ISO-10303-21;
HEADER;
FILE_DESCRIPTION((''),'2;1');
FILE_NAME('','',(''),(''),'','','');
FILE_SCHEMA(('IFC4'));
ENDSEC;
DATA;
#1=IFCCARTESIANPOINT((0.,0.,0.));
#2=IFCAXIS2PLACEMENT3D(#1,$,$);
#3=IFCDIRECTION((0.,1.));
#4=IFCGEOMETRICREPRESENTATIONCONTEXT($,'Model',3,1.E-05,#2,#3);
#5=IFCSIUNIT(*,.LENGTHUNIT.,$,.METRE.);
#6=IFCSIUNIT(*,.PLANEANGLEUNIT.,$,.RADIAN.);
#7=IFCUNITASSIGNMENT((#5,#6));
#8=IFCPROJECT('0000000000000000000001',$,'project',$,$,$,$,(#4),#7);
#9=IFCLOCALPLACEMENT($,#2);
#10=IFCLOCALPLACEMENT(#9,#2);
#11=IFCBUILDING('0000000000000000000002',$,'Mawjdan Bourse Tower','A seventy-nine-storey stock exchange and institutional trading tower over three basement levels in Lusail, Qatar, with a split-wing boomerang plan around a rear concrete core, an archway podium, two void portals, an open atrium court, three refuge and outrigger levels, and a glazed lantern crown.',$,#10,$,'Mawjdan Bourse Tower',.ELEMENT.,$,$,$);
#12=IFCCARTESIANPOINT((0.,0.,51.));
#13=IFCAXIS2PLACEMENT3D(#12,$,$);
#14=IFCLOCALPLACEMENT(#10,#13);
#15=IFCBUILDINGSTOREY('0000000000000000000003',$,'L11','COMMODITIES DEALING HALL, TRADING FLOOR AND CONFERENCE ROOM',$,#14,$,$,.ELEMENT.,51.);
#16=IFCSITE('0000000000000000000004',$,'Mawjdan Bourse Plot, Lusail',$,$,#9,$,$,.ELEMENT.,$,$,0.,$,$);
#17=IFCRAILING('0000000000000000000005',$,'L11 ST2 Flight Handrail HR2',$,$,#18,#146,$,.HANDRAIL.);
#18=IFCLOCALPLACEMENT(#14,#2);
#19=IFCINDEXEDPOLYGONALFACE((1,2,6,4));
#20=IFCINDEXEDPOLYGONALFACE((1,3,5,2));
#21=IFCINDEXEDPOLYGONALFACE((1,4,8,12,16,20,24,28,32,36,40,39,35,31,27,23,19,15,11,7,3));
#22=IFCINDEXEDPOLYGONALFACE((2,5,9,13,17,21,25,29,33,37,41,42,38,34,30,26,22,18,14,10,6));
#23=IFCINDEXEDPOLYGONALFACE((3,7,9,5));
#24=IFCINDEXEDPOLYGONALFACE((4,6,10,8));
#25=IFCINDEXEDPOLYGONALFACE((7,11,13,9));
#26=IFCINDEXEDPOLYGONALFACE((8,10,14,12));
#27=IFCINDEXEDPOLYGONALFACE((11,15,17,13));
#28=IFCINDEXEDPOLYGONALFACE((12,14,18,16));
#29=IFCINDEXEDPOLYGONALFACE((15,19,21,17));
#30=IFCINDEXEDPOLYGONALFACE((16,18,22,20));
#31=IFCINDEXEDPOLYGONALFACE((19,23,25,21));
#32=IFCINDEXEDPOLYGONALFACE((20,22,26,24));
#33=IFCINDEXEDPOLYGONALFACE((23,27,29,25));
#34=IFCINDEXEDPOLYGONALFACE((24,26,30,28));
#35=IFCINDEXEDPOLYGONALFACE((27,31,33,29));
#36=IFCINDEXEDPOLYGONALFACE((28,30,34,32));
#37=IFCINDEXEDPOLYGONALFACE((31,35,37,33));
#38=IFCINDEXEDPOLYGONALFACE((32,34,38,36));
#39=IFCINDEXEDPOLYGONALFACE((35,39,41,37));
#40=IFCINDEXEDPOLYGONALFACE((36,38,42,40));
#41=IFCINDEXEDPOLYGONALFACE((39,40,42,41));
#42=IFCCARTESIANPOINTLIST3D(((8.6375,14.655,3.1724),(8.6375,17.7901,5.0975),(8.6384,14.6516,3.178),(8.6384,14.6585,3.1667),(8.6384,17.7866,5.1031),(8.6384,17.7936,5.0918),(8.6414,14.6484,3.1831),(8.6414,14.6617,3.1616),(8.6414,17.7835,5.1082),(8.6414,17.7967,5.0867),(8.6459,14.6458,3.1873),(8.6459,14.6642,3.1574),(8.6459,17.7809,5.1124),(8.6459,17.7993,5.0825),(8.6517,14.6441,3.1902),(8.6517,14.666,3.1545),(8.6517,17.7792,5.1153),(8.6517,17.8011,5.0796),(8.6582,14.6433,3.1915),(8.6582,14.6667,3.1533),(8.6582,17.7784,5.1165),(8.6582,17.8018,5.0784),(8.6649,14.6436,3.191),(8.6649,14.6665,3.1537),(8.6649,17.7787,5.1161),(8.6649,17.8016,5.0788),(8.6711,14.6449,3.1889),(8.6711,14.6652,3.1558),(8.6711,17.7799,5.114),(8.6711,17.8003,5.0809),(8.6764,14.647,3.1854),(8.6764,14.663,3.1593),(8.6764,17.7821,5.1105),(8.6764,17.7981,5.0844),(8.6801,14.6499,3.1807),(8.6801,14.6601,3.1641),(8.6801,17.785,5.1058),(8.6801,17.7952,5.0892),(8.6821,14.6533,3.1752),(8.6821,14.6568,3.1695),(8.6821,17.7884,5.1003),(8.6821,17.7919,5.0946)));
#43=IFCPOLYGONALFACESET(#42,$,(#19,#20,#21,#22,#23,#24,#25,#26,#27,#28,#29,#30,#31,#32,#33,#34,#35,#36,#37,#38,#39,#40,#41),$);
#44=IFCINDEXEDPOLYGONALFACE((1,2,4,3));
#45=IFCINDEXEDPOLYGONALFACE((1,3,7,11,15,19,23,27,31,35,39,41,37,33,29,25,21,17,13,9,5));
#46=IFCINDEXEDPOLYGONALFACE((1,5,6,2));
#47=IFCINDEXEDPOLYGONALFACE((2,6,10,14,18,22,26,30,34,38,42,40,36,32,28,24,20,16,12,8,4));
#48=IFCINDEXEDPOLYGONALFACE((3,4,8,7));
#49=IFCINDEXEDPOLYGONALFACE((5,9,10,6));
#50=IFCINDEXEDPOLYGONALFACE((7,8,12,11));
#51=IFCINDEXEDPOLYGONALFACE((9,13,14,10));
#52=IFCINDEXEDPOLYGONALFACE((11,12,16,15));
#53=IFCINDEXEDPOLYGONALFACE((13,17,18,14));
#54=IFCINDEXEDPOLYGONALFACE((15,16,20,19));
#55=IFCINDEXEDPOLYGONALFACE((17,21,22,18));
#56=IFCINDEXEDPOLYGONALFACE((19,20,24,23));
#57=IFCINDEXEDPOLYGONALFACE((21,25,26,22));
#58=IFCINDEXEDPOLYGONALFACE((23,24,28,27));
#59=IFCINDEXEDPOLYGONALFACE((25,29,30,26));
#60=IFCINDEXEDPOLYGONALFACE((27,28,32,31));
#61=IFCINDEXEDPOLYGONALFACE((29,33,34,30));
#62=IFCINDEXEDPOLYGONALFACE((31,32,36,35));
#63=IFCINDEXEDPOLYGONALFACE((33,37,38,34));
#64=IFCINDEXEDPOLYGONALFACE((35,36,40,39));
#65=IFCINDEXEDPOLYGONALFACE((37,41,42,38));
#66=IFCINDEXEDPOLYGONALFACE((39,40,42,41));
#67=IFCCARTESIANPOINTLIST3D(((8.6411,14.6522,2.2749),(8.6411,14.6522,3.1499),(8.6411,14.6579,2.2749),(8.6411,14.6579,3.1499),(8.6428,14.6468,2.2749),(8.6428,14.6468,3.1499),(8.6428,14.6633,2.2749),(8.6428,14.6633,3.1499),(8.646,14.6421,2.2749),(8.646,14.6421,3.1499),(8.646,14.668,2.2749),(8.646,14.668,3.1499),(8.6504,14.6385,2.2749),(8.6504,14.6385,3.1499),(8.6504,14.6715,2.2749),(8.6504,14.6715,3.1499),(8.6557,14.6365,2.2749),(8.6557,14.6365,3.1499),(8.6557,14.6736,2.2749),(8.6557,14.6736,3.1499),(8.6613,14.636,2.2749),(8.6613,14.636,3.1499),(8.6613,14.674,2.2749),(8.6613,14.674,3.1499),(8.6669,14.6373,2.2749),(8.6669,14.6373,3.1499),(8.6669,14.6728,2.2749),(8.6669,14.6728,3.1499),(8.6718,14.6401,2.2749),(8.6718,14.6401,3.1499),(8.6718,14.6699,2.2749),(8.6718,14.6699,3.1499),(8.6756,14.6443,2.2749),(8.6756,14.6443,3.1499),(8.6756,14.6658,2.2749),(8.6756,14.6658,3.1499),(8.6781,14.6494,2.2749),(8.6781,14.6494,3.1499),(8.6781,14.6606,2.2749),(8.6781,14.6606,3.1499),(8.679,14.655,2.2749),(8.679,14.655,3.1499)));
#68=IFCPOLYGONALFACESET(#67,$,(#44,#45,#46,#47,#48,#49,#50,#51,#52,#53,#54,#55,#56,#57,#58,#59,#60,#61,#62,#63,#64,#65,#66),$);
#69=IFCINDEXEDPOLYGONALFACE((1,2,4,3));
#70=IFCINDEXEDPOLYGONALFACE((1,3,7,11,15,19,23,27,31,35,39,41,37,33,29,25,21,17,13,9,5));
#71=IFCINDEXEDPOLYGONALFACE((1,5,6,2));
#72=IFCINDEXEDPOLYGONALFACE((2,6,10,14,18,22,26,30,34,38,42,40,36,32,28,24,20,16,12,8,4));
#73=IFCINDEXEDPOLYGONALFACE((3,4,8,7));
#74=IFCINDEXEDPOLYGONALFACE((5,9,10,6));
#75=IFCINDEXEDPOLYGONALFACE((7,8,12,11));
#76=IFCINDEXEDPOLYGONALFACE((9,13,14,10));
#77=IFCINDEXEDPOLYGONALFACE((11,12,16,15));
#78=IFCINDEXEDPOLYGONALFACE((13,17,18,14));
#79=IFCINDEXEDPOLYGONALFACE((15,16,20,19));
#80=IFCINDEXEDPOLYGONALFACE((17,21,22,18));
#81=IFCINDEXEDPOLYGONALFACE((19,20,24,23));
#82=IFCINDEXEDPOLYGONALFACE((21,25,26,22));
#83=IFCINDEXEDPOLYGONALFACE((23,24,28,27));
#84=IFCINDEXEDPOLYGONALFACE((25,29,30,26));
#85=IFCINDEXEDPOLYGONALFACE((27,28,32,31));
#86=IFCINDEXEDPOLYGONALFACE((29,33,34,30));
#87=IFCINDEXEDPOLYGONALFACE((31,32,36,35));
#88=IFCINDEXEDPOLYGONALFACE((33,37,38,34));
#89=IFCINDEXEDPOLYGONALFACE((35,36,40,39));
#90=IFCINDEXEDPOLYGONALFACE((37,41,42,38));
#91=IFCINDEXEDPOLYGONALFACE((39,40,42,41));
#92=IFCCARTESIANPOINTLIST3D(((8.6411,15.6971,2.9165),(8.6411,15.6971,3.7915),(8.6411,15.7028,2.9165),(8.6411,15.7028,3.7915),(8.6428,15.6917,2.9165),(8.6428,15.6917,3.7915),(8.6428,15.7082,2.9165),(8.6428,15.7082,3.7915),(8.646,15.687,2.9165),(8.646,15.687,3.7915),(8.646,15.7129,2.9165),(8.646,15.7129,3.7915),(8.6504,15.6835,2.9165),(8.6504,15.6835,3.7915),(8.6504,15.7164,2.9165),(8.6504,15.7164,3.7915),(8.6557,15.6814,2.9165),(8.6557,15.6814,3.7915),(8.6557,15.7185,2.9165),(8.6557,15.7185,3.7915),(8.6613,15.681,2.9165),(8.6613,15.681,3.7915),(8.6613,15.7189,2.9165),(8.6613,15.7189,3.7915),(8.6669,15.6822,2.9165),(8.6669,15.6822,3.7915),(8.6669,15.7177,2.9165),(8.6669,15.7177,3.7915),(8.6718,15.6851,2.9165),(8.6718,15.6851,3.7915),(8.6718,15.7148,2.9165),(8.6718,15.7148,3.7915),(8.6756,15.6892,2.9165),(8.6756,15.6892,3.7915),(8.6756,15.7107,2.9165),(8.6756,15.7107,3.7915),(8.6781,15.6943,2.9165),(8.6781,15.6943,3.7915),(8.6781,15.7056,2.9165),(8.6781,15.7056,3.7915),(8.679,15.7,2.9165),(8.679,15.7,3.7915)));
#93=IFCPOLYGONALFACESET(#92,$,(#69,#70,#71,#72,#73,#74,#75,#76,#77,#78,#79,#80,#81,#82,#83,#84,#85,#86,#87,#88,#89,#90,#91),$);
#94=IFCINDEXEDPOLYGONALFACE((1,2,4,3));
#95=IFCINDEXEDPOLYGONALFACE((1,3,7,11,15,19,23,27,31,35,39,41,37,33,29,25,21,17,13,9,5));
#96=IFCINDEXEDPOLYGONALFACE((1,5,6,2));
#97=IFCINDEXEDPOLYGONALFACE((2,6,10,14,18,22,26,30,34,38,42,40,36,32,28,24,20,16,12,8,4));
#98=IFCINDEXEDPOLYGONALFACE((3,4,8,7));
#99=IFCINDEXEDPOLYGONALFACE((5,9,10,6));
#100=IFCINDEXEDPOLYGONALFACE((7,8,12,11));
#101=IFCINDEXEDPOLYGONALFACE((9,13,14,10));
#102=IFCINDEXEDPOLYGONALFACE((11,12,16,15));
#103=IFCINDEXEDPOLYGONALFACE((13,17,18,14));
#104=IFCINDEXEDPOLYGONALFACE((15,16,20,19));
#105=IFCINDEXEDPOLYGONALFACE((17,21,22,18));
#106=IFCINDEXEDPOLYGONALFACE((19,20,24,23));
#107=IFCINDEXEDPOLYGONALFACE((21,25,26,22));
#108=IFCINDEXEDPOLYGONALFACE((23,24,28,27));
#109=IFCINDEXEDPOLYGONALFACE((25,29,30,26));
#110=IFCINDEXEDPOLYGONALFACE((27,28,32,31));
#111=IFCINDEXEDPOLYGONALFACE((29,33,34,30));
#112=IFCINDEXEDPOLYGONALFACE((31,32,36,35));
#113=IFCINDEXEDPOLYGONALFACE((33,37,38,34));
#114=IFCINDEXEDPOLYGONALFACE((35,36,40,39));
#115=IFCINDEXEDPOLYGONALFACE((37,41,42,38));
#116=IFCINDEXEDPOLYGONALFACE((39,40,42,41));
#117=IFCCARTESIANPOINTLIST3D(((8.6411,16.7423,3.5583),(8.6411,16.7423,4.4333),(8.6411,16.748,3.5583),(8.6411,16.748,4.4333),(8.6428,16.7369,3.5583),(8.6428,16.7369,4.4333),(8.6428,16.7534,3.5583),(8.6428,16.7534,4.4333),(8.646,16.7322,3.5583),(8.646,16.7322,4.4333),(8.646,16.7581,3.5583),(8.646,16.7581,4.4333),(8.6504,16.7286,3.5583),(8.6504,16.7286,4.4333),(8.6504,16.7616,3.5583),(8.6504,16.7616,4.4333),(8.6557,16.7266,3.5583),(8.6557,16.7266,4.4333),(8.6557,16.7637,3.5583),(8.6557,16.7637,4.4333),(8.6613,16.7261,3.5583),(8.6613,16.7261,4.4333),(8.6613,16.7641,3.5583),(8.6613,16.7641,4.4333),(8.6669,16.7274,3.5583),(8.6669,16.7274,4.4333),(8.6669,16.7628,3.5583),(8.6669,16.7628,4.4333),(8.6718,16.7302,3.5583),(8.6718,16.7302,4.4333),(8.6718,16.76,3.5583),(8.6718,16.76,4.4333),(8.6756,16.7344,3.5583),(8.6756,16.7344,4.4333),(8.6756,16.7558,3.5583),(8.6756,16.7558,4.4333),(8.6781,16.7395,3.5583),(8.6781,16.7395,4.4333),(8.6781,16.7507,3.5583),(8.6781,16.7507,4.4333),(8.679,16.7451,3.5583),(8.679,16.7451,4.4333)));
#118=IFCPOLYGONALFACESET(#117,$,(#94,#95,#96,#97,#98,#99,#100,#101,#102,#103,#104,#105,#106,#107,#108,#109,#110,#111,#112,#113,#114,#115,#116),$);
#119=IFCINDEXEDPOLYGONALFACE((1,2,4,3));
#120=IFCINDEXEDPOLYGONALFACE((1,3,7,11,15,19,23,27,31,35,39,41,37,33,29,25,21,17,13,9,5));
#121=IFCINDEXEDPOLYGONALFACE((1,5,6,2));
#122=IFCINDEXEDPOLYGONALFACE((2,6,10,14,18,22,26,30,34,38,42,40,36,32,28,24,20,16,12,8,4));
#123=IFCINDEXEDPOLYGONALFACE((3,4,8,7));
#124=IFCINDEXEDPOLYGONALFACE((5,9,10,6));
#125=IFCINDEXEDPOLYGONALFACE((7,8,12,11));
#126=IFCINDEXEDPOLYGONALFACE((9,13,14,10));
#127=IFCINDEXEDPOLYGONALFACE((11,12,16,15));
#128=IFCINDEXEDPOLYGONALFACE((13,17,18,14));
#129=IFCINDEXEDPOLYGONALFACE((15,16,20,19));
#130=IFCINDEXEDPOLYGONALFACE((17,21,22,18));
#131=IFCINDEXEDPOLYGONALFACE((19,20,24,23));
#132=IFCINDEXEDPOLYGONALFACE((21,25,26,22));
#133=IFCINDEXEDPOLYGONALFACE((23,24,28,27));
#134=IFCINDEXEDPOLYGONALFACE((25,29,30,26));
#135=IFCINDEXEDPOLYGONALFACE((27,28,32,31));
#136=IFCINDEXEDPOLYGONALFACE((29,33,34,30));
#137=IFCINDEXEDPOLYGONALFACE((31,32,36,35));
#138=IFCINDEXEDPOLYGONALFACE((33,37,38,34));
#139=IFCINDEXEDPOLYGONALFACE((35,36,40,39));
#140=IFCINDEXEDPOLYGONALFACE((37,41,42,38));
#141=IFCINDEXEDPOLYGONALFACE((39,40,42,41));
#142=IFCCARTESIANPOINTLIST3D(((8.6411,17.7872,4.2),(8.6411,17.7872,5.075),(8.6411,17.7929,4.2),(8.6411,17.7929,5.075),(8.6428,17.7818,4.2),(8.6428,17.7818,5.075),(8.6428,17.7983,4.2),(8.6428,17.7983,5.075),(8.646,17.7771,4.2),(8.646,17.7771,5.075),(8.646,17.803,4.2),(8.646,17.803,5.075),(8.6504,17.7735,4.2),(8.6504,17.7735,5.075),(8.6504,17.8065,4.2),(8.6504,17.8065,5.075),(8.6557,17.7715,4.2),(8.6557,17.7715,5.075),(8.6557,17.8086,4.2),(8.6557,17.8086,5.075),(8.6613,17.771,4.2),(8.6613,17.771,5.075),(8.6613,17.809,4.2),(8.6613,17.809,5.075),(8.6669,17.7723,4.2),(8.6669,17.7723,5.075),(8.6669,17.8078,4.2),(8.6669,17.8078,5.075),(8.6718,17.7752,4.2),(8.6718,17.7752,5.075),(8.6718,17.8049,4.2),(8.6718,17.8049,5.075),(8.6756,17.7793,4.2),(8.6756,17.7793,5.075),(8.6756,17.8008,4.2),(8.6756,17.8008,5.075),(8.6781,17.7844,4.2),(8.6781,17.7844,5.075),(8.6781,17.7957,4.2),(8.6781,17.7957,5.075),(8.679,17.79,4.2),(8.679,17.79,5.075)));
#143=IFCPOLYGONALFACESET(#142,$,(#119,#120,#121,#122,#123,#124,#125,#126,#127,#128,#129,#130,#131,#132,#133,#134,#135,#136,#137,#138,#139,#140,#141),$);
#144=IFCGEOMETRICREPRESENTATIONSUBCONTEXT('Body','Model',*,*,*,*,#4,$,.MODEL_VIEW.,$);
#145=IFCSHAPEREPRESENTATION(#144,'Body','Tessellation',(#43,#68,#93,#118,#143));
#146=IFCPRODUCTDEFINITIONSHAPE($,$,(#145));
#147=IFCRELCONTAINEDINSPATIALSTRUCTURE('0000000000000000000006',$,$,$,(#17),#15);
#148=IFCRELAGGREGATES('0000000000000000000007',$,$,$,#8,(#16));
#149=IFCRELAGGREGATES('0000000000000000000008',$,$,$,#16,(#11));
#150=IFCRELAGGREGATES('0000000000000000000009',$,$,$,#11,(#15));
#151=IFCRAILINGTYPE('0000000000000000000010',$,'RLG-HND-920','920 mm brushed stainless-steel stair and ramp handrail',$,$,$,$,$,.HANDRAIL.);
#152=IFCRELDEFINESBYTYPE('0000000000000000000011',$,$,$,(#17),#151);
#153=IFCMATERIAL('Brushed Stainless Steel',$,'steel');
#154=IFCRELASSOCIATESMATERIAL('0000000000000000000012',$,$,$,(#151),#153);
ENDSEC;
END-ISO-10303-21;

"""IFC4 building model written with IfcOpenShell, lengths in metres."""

from ifc_helpers import new_model, si_unit, direction, frame, origin, origin_2d, place, context, subcontext, project, spatial, circle, extrude, material, type_object, element, save


model = new_model("IFC4")

# Units and contexts
model_context = context("Model", 3, precision=1e-05, world=origin(), true_north=direction((0.0, 1.0)))
body_context = subcontext(model_context, "Body", "Model", "MODEL_VIEW")
ifc_project = project(units=[si_unit("LENGTHUNIT", "METRE"), si_unit("PLANEANGLEUNIT", "RADIAN")], contexts=[model_context])

# Site, building, storey
site_placement = place(None, origin())
site = spatial("IfcSite", under=ifc_project, at=site_placement, Name="Mawjdan Bourse Plot, Lusail", CompositionType="ELEMENT", RefElevation=0.0)
building_placement = place(site_placement, origin())
building = spatial("IfcBuilding", under=site, at=building_placement, Name="Mawjdan Bourse Tower", Description="A seventy-nine-storey stock exchange and institutional trading tower over three basement levels in Lusail, Qatar, with a split-wing boomerang plan around a rear concrete core, an archway podium, two void portals, an open atrium court, three refuge and outrigger levels, and a glazed lantern crown.", LongName="Mawjdan Bourse Tower", CompositionType="ELEMENT")
storey_placement = place(building_placement, frame((0.0, 0.0, 51.0)))
storey = spatial("IfcBuildingStorey", under=building, at=storey_placement, Name="L11", Description="COMMODITIES DEALING HALL, TRADING FLOOR AND CONFERENCE ROOM", CompositionType="ELEMENT", Elevation=51.0)

# Railing
ifc_material_1 = material(Name="Brushed Stainless Steel", Category="steel")
railing_type_1 = type_object("IfcRailingType", Name="RLG-HND-920", Description="920 mm brushed stainless-steel stair and ramp handrail", PredefinedType="HANDRAIL", material=ifc_material_1)
railing_1_placement = place(storey_placement, frame((8.6599, 14.655, 2.2749)))
element("IfcRailing", 1, at=railing_1_placement, inside=storey, type_object=railing_type_1, Name="L11 ST2 Flight Handrail HR2", PredefinedType="HANDRAIL", context=body_context, shape_type="SweptSolid", body=[
    extrude(circle(Radius=0.0225, at=origin_2d()), frame((0.0, 0.0, 0.8975), z_axis=(0.0, 0.852166, 0.523271), x_axis=(-1.0, 0.0, 0.0)), (0.0, 0.0, 1.0), 3.679),
    extrude(circle(Radius=0.019, at=origin_2d()), origin(), (0.0, 0.0, 1.0), 0.875),
    extrude(circle(Radius=0.019, at=origin_2d()), frame((0.0, 1.0449, 0.6416)), (0.0, 0.0, 1.0), 0.875),
    extrude(circle(Radius=0.019, at=origin_2d()), frame((0.0, 2.0901, 1.2834)), (0.0, 0.0, 1.0), 0.875),
    extrude(circle(Radius=0.019, at=origin_2d()), frame((0.0, 3.135, 1.925)), (0.0, 0.0, 1.0), 0.875),
])

save(model, "model.ifc")
